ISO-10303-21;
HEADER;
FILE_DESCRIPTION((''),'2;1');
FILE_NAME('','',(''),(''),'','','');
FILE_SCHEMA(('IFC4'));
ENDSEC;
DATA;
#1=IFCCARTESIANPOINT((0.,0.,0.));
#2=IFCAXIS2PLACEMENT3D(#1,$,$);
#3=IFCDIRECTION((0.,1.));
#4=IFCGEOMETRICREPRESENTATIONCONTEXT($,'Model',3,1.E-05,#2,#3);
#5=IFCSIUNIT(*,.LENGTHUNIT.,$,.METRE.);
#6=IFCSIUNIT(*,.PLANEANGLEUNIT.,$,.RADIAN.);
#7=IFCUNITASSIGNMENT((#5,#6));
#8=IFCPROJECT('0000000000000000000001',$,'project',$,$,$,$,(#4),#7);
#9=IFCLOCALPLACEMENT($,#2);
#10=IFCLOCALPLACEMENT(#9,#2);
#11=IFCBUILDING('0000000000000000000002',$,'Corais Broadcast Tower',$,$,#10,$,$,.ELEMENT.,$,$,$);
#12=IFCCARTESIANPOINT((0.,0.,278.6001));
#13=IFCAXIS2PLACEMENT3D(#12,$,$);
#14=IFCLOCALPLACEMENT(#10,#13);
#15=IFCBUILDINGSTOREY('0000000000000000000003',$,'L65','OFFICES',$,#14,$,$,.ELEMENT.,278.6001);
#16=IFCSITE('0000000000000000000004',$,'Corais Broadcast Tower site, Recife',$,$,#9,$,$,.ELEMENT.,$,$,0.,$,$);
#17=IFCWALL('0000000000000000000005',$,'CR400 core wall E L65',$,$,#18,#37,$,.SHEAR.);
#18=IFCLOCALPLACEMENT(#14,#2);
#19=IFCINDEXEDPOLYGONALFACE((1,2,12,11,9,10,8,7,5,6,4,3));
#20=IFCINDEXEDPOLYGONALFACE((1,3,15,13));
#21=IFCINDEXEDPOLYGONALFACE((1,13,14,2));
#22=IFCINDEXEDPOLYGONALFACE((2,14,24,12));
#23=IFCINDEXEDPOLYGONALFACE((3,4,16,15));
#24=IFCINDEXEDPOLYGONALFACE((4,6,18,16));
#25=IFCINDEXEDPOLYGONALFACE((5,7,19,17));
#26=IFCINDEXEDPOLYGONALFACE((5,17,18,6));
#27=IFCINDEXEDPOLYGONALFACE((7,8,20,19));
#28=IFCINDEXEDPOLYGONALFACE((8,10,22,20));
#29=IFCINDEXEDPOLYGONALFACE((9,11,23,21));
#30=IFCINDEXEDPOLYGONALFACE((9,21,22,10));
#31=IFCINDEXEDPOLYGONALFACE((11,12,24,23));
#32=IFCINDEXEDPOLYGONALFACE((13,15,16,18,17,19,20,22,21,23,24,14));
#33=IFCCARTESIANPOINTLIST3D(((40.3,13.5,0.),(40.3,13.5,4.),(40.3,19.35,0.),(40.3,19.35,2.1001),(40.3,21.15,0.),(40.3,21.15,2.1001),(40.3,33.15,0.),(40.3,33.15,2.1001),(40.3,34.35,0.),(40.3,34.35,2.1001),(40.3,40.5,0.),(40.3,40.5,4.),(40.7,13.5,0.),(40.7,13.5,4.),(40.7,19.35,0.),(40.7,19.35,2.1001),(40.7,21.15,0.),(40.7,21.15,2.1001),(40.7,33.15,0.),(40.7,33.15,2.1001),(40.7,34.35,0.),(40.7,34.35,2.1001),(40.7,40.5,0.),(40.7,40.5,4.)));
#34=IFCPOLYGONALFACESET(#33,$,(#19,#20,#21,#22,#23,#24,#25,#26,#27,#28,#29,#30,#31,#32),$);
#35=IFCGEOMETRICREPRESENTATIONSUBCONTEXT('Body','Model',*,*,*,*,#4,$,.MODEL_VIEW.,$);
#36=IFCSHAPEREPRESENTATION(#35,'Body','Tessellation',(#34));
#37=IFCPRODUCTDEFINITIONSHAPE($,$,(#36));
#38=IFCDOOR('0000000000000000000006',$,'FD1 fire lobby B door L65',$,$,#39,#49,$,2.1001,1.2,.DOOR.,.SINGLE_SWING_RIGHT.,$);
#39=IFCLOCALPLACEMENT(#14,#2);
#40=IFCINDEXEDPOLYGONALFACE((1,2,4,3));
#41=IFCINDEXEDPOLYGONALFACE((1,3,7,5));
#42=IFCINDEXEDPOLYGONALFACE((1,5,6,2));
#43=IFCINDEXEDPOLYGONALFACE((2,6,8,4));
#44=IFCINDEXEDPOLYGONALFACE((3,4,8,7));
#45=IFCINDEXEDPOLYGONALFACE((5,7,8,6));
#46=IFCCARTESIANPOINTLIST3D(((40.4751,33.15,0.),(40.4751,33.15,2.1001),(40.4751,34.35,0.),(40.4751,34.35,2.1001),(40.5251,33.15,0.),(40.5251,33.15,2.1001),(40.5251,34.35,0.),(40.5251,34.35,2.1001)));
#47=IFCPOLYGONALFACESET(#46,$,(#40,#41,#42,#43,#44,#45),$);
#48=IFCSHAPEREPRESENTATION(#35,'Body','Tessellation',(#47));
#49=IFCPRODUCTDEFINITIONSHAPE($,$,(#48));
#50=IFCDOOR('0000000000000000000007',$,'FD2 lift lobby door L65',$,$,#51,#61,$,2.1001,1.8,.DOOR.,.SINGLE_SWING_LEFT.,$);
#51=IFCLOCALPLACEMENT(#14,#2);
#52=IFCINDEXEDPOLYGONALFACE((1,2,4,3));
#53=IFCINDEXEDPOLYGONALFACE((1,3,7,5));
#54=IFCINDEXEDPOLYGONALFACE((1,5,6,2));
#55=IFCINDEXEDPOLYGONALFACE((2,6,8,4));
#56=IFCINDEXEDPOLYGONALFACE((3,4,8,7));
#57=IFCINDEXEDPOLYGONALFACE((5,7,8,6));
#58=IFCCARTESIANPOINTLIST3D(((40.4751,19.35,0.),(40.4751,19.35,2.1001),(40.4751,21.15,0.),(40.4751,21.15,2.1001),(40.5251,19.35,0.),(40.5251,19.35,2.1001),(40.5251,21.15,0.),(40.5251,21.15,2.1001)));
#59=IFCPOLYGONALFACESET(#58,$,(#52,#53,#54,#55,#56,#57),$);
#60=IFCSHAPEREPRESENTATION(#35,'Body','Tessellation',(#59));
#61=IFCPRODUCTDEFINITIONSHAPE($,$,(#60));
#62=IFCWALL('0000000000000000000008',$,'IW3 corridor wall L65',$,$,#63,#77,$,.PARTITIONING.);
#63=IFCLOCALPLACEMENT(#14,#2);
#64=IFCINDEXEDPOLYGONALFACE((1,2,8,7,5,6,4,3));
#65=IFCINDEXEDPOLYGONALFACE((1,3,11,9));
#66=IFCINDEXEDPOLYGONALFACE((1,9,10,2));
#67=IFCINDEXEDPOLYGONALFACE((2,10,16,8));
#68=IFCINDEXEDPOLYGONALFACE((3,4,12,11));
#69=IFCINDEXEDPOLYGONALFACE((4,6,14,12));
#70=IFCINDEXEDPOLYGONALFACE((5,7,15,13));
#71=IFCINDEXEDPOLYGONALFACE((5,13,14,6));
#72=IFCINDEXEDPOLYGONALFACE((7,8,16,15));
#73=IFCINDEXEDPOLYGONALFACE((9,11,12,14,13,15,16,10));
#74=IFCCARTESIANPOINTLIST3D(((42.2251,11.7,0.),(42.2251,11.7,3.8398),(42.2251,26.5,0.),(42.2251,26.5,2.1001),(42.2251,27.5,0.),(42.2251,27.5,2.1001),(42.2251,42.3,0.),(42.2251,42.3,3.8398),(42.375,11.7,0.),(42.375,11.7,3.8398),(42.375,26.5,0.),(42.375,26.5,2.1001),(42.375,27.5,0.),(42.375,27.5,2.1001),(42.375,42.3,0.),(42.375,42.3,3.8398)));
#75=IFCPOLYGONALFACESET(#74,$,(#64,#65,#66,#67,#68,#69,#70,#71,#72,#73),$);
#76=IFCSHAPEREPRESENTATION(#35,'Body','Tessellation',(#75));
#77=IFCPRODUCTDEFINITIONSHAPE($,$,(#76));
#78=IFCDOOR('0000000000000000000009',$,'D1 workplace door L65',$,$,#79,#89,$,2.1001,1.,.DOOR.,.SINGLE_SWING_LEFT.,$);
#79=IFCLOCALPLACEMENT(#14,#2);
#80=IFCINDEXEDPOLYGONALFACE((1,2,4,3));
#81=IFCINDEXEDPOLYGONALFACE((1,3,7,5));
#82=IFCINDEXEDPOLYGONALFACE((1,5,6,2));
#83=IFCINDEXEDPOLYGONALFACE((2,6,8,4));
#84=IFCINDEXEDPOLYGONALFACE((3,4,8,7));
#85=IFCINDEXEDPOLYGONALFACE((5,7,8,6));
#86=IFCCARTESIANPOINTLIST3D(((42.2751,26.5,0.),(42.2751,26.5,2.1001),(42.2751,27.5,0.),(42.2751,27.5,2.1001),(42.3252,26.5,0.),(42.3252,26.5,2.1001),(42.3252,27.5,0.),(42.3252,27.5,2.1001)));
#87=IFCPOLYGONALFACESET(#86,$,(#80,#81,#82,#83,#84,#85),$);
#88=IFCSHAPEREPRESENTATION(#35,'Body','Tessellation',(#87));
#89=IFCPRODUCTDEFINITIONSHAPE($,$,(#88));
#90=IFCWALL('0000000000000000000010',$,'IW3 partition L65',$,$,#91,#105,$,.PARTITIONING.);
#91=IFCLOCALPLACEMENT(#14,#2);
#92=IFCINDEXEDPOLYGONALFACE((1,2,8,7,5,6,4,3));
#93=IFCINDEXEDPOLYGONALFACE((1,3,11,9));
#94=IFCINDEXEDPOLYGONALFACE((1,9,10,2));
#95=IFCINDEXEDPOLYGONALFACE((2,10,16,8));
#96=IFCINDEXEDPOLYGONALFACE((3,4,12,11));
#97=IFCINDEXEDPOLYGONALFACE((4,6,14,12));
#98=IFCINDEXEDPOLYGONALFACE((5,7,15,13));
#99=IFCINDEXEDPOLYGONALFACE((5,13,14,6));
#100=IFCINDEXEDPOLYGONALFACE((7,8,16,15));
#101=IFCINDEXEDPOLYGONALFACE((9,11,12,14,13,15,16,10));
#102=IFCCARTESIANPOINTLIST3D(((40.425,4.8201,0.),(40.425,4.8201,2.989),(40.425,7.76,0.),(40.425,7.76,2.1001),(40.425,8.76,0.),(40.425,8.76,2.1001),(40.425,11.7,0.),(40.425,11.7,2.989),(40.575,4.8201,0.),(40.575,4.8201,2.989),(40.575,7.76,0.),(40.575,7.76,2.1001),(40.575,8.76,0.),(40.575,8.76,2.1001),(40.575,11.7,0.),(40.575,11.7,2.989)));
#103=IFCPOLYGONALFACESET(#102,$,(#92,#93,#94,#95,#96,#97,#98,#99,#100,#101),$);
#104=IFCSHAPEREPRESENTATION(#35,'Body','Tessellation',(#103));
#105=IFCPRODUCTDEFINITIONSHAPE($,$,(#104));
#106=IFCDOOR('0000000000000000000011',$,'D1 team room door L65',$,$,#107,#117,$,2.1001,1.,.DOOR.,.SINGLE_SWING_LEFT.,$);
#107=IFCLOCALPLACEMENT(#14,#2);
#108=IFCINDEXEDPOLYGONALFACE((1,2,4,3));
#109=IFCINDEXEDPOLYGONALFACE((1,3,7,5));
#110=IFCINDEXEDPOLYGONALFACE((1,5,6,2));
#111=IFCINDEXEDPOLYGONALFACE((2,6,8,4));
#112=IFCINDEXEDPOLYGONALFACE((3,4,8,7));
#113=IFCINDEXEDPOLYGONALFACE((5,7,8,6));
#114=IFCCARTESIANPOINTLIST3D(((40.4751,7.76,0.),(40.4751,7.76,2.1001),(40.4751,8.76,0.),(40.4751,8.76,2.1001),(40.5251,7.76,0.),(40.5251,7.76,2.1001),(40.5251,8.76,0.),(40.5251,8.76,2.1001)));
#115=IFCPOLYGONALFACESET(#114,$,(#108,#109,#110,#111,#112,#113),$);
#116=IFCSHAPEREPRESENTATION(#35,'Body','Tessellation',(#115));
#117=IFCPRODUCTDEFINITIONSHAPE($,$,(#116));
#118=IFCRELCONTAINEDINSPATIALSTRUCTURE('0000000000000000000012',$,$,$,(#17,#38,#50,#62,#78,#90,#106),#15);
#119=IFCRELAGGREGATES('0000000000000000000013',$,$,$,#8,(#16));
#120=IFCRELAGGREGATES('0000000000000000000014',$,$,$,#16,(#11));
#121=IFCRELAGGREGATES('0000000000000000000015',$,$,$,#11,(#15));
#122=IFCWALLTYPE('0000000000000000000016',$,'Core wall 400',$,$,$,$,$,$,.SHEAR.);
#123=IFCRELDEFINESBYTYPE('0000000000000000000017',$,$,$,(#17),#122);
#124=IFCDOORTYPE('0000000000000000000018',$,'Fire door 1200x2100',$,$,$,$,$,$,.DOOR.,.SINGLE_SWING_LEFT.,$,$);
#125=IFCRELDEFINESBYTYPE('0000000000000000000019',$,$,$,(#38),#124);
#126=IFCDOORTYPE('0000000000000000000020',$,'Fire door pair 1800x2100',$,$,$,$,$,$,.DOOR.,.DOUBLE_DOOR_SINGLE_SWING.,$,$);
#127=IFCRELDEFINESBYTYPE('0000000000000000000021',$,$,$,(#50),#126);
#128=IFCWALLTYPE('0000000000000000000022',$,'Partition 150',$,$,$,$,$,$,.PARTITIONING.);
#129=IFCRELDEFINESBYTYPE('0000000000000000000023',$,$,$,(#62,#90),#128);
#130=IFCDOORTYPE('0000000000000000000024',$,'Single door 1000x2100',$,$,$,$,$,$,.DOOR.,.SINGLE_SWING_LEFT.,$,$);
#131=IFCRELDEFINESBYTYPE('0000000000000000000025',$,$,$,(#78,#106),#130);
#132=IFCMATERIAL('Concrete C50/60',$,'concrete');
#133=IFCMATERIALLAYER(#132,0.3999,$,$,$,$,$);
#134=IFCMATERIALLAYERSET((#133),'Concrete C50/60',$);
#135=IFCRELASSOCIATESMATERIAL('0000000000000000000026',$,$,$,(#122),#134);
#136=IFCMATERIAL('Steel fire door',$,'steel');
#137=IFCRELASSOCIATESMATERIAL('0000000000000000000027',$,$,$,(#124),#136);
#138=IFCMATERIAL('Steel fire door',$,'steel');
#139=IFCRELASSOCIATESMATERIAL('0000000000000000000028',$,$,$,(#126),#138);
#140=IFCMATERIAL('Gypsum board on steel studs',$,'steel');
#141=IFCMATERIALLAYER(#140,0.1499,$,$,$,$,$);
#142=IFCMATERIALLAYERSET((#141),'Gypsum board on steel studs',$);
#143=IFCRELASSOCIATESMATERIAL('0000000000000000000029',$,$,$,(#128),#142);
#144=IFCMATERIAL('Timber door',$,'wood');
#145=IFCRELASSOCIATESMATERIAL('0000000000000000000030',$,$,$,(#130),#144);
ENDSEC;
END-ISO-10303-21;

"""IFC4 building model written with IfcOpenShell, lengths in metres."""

from ifc_helpers import new_model, si_unit, direction, frame, frame_2d, origin, place, context, subcontext, project, spatial, rectangle, extrude, material, layer, layer_set, type_object, element, fill, save


model = new_model("IFC4")

# Units and contexts
model_context = context("Model", 3, precision=1e-05, world=origin(), true_north=direction((0.0, 1.0)))
body_context = subcontext(model_context, "Body", "Model", "MODEL_VIEW")
ifc_project = project(units=[si_unit("LENGTHUNIT", "METRE"), si_unit("PLANEANGLEUNIT", "RADIAN")], contexts=[model_context])

# Site, building, storey
site_placement = place(None, origin())
site = spatial("IfcSite", under=ifc_project, at=site_placement, Name="Corais Broadcast Tower site, Recife", CompositionType="ELEMENT", RefElevation=0.0)
building_placement = place(site_placement, origin())
building = spatial("IfcBuilding", under=site, at=building_placement, Name="Corais Broadcast Tower", CompositionType="ELEMENT")
storey_placement = place(building_placement, frame((0.0, 0.0, 278.6001)))
storey = spatial("IfcBuildingStorey", under=building, at=storey_placement, Name="L65", Description="OFFICES", CompositionType="ELEMENT", Elevation=278.6001)

# Wall, openings, doors
ifc_material_1 = material(Name="Concrete C50/60", Category="concrete")
ifc_layer_1 = layer(ifc_material_1, 0.3999)
ifc_layer_set_1 = layer_set([ifc_layer_1], Name="Concrete C50/60")
wall_type_1 = type_object("IfcWallType", Name="Core wall 400", PredefinedType="SHEAR", material=ifc_layer_set_1)
wall_1_placement = place(storey_placement, frame((40.5, 13.5, 0.0), z_axis=(0.0, 0.0, 1.0), x_axis=(0.0, 1.0, 0.0)))
wall_1 = element("IfcWall", 1, at=wall_1_placement, inside=storey, type_object=wall_type_1, Name="CR400 core wall E L65", PredefinedType="SHEAR", context=body_context, shape_type="SweptSolid", body=[
    extrude(rectangle(XDim=27.0, YDim=0.3999, at=frame_2d((13.5, 0.0))), origin(), (0.0, 0.0, 1.0), 4.0),
])
opening_1_placement = place(wall_1_placement, frame((5.8501, 0.0, 0.0)))
opening_1 = element("IfcOpeningElement", 2, at=opening_1_placement, cuts=wall_1, PredefinedType="OPENING", context=body_context, shape_type="SweptSolid", body=[
    extrude(rectangle(XDim=1.8, YDim=2.1001, at=frame_2d((0.8999, 1.05))), frame((0.0, 0.21, 0.0), z_axis=(0.0, -1.0, 0.0), x_axis=(1.0, 0.0, 0.0)), (0.0, 0.0, 1.0), 0.4199),
])
opening_2_placement = place(wall_1_placement, frame((19.6499, 0.0, 0.0)))
opening_2 = element("IfcOpeningElement", 3, at=opening_2_placement, cuts=wall_1, PredefinedType="OPENING", context=body_context, shape_type="SweptSolid", body=[
    extrude(rectangle(XDim=1.2, YDim=2.1001, at=frame_2d((0.6001, 1.05))), frame((0.0, 0.21, 0.0), z_axis=(0.0, -1.0, 0.0), x_axis=(1.0, 0.0, 0.0)), (0.0, 0.0, 1.0), 0.4199),
])
ifc_material_2 = material(Name="Steel fire door", Category="steel")
door_type_1 = type_object("IfcDoorType", Name="Fire door 1200x2100", OperationType="SINGLE_SWING_LEFT", PredefinedType="DOOR", material=ifc_material_2)
door_1_placement = place(opening_2_placement, origin())
door_1 = element("IfcDoor", 4, at=door_1_placement, inside=storey, type_object=door_type_1, Name="FD1 fire lobby B door L65", OperationType="SINGLE_SWING_RIGHT", OverallHeight=2.1001, OverallWidth=1.2, PredefinedType="DOOR", context=body_context, shape_type="SweptSolid", body=[
    extrude(rectangle(XDim=1.2, YDim=2.1001, at=frame_2d((0.6001, 1.05))), frame((0.0, 0.0249, 0.0), z_axis=(0.0, -1.0, 0.0), x_axis=(1.0, 0.0, 0.0)), (0.0, 0.0, 1.0), 0.05),
])
fill(opening_2, door_1)
ifc_material_3 = material(Name="Steel fire door", Category="steel")
door_type_2 = type_object("IfcDoorType", Name="Fire door pair 1800x2100", OperationType="DOUBLE_DOOR_SINGLE_SWING", PredefinedType="DOOR", material=ifc_material_3)
door_2_placement = place(opening_1_placement, origin())
door_2 = element("IfcDoor", 5, at=door_2_placement, inside=storey, type_object=door_type_2, Name="FD2 lift lobby door L65", OperationType="SINGLE_SWING_LEFT", OverallHeight=2.1001, OverallWidth=1.8, PredefinedType="DOOR", context=body_context, shape_type="SweptSolid", body=[
    extrude(rectangle(XDim=1.8, YDim=2.1001, at=frame_2d((0.8999, 1.05))), frame((0.0, 0.0249, 0.0), z_axis=(0.0, -1.0, 0.0), x_axis=(1.0, 0.0, 0.0)), (0.0, 0.0, 1.0), 0.05),
])
fill(opening_1, door_2)

# Walls, openings, doors
ifc_material_4 = material(Name="Gypsum board on steel studs", Category="steel")
ifc_layer_2 = layer(ifc_material_4, 0.1499)
ifc_layer_set_2 = layer_set([ifc_layer_2], Name="Gypsum board on steel studs")
wall_type_2 = type_object("IfcWallType", Name="Partition 150", PredefinedType="PARTITIONING", material=ifc_layer_set_2)
wall_2_placement = place(storey_placement, frame((42.3, 11.7, 0.0), z_axis=(0.0, 0.0, 1.0), x_axis=(0.0, 1.0, 0.0)))
wall_2 = element("IfcWall", 6, at=wall_2_placement, inside=storey, type_object=wall_type_2, Name="IW3 corridor wall L65", PredefinedType="PARTITIONING", context=body_context, shape_type="SweptSolid", body=[
    extrude(rectangle(XDim=30.6001, YDim=0.1499, at=frame_2d((15.3, 0.0))), origin(), (0.0, 0.0, 1.0), 3.8398),
])
opening_3_placement = place(wall_2_placement, frame((14.8, 0.0, 0.0)))
opening_3 = element("IfcOpeningElement", 7, at=opening_3_placement, cuts=wall_2, PredefinedType="OPENING", context=body_context, shape_type="SweptSolid", body=[
    extrude(rectangle(XDim=1.0, YDim=2.1001, at=frame_2d((0.5, 1.05))), frame((0.0, 0.085, 0.0), z_axis=(0.0, -1.0, 0.0), x_axis=(1.0, 0.0, 0.0)), (0.0, 0.0, 1.0), 0.1699),
])
ifc_material_5 = material(Name="Timber door", Category="wood")
door_type_3 = type_object("IfcDoorType", Name="Single door 1000x2100", OperationType="SINGLE_SWING_LEFT", PredefinedType="DOOR", material=ifc_material_5)
door_3_placement = place(opening_3_placement, origin())
door_3 = element("IfcDoor", 8, at=door_3_placement, inside=storey, type_object=door_type_3, Name="D1 workplace door L65", OperationType="SINGLE_SWING_LEFT", OverallHeight=2.1001, OverallWidth=1.0, PredefinedType="DOOR", context=body_context, shape_type="SweptSolid", body=[
    extrude(rectangle(XDim=1.0, YDim=2.1001, at=frame_2d((0.5, 1.05))), frame((0.0, 0.0249, 0.0), z_axis=(0.0, -1.0, 0.0), x_axis=(1.0, 0.0, 0.0)), (0.0, 0.0, 1.0), 0.05),
])
fill(opening_3, door_3)
wall_3_placement = place(storey_placement, frame((40.5, 4.8201, 0.0), z_axis=(0.0, 0.0, 1.0), x_axis=(0.0, 1.0, 0.0)))
wall_3 = element("IfcWall", 9, at=wall_3_placement, inside=storey, type_object=wall_type_2, Name="IW3 partition L65", PredefinedType="PARTITIONING", context=body_context, shape_type="SweptSolid", body=[
    extrude(rectangle(XDim=6.8799, YDim=0.1499, at=frame_2d((3.4399, 0.0))), origin(), (0.0, 0.0, 1.0), 2.989),
])
opening_4_placement = place(wall_3_placement, frame((2.9399, 0.0, 0.0)))
opening_4 = element("IfcOpeningElement", 10, at=opening_4_placement, cuts=wall_3, PredefinedType="OPENING", context=body_context, shape_type="SweptSolid", body=[
    extrude(rectangle(XDim=1.0, YDim=2.1001, at=frame_2d((0.5, 1.05))), frame((0.0, 0.085, 0.0), z_axis=(0.0, -1.0, 0.0), x_axis=(1.0, 0.0, 0.0)), (0.0, 0.0, 1.0), 0.1699),
])
door_4_placement = place(opening_4_placement, origin())
door_4 = element("IfcDoor", 11, at=door_4_placement, inside=storey, type_object=door_type_3, Name="D1 team room door L65", OperationType="SINGLE_SWING_LEFT", OverallHeight=2.1001, OverallWidth=1.0, PredefinedType="DOOR", context=body_context, shape_type="SweptSolid", body=[
    extrude(rectangle(XDim=1.0, YDim=2.1001, at=frame_2d((0.5, 1.05))), frame((0.0, 0.0249, 0.0), z_axis=(0.0, -1.0, 0.0), x_axis=(1.0, 0.0, 0.0)), (0.0, 0.0, 1.0), 0.05),
])
fill(opening_4, door_4)

save(model, "model.ifc")
